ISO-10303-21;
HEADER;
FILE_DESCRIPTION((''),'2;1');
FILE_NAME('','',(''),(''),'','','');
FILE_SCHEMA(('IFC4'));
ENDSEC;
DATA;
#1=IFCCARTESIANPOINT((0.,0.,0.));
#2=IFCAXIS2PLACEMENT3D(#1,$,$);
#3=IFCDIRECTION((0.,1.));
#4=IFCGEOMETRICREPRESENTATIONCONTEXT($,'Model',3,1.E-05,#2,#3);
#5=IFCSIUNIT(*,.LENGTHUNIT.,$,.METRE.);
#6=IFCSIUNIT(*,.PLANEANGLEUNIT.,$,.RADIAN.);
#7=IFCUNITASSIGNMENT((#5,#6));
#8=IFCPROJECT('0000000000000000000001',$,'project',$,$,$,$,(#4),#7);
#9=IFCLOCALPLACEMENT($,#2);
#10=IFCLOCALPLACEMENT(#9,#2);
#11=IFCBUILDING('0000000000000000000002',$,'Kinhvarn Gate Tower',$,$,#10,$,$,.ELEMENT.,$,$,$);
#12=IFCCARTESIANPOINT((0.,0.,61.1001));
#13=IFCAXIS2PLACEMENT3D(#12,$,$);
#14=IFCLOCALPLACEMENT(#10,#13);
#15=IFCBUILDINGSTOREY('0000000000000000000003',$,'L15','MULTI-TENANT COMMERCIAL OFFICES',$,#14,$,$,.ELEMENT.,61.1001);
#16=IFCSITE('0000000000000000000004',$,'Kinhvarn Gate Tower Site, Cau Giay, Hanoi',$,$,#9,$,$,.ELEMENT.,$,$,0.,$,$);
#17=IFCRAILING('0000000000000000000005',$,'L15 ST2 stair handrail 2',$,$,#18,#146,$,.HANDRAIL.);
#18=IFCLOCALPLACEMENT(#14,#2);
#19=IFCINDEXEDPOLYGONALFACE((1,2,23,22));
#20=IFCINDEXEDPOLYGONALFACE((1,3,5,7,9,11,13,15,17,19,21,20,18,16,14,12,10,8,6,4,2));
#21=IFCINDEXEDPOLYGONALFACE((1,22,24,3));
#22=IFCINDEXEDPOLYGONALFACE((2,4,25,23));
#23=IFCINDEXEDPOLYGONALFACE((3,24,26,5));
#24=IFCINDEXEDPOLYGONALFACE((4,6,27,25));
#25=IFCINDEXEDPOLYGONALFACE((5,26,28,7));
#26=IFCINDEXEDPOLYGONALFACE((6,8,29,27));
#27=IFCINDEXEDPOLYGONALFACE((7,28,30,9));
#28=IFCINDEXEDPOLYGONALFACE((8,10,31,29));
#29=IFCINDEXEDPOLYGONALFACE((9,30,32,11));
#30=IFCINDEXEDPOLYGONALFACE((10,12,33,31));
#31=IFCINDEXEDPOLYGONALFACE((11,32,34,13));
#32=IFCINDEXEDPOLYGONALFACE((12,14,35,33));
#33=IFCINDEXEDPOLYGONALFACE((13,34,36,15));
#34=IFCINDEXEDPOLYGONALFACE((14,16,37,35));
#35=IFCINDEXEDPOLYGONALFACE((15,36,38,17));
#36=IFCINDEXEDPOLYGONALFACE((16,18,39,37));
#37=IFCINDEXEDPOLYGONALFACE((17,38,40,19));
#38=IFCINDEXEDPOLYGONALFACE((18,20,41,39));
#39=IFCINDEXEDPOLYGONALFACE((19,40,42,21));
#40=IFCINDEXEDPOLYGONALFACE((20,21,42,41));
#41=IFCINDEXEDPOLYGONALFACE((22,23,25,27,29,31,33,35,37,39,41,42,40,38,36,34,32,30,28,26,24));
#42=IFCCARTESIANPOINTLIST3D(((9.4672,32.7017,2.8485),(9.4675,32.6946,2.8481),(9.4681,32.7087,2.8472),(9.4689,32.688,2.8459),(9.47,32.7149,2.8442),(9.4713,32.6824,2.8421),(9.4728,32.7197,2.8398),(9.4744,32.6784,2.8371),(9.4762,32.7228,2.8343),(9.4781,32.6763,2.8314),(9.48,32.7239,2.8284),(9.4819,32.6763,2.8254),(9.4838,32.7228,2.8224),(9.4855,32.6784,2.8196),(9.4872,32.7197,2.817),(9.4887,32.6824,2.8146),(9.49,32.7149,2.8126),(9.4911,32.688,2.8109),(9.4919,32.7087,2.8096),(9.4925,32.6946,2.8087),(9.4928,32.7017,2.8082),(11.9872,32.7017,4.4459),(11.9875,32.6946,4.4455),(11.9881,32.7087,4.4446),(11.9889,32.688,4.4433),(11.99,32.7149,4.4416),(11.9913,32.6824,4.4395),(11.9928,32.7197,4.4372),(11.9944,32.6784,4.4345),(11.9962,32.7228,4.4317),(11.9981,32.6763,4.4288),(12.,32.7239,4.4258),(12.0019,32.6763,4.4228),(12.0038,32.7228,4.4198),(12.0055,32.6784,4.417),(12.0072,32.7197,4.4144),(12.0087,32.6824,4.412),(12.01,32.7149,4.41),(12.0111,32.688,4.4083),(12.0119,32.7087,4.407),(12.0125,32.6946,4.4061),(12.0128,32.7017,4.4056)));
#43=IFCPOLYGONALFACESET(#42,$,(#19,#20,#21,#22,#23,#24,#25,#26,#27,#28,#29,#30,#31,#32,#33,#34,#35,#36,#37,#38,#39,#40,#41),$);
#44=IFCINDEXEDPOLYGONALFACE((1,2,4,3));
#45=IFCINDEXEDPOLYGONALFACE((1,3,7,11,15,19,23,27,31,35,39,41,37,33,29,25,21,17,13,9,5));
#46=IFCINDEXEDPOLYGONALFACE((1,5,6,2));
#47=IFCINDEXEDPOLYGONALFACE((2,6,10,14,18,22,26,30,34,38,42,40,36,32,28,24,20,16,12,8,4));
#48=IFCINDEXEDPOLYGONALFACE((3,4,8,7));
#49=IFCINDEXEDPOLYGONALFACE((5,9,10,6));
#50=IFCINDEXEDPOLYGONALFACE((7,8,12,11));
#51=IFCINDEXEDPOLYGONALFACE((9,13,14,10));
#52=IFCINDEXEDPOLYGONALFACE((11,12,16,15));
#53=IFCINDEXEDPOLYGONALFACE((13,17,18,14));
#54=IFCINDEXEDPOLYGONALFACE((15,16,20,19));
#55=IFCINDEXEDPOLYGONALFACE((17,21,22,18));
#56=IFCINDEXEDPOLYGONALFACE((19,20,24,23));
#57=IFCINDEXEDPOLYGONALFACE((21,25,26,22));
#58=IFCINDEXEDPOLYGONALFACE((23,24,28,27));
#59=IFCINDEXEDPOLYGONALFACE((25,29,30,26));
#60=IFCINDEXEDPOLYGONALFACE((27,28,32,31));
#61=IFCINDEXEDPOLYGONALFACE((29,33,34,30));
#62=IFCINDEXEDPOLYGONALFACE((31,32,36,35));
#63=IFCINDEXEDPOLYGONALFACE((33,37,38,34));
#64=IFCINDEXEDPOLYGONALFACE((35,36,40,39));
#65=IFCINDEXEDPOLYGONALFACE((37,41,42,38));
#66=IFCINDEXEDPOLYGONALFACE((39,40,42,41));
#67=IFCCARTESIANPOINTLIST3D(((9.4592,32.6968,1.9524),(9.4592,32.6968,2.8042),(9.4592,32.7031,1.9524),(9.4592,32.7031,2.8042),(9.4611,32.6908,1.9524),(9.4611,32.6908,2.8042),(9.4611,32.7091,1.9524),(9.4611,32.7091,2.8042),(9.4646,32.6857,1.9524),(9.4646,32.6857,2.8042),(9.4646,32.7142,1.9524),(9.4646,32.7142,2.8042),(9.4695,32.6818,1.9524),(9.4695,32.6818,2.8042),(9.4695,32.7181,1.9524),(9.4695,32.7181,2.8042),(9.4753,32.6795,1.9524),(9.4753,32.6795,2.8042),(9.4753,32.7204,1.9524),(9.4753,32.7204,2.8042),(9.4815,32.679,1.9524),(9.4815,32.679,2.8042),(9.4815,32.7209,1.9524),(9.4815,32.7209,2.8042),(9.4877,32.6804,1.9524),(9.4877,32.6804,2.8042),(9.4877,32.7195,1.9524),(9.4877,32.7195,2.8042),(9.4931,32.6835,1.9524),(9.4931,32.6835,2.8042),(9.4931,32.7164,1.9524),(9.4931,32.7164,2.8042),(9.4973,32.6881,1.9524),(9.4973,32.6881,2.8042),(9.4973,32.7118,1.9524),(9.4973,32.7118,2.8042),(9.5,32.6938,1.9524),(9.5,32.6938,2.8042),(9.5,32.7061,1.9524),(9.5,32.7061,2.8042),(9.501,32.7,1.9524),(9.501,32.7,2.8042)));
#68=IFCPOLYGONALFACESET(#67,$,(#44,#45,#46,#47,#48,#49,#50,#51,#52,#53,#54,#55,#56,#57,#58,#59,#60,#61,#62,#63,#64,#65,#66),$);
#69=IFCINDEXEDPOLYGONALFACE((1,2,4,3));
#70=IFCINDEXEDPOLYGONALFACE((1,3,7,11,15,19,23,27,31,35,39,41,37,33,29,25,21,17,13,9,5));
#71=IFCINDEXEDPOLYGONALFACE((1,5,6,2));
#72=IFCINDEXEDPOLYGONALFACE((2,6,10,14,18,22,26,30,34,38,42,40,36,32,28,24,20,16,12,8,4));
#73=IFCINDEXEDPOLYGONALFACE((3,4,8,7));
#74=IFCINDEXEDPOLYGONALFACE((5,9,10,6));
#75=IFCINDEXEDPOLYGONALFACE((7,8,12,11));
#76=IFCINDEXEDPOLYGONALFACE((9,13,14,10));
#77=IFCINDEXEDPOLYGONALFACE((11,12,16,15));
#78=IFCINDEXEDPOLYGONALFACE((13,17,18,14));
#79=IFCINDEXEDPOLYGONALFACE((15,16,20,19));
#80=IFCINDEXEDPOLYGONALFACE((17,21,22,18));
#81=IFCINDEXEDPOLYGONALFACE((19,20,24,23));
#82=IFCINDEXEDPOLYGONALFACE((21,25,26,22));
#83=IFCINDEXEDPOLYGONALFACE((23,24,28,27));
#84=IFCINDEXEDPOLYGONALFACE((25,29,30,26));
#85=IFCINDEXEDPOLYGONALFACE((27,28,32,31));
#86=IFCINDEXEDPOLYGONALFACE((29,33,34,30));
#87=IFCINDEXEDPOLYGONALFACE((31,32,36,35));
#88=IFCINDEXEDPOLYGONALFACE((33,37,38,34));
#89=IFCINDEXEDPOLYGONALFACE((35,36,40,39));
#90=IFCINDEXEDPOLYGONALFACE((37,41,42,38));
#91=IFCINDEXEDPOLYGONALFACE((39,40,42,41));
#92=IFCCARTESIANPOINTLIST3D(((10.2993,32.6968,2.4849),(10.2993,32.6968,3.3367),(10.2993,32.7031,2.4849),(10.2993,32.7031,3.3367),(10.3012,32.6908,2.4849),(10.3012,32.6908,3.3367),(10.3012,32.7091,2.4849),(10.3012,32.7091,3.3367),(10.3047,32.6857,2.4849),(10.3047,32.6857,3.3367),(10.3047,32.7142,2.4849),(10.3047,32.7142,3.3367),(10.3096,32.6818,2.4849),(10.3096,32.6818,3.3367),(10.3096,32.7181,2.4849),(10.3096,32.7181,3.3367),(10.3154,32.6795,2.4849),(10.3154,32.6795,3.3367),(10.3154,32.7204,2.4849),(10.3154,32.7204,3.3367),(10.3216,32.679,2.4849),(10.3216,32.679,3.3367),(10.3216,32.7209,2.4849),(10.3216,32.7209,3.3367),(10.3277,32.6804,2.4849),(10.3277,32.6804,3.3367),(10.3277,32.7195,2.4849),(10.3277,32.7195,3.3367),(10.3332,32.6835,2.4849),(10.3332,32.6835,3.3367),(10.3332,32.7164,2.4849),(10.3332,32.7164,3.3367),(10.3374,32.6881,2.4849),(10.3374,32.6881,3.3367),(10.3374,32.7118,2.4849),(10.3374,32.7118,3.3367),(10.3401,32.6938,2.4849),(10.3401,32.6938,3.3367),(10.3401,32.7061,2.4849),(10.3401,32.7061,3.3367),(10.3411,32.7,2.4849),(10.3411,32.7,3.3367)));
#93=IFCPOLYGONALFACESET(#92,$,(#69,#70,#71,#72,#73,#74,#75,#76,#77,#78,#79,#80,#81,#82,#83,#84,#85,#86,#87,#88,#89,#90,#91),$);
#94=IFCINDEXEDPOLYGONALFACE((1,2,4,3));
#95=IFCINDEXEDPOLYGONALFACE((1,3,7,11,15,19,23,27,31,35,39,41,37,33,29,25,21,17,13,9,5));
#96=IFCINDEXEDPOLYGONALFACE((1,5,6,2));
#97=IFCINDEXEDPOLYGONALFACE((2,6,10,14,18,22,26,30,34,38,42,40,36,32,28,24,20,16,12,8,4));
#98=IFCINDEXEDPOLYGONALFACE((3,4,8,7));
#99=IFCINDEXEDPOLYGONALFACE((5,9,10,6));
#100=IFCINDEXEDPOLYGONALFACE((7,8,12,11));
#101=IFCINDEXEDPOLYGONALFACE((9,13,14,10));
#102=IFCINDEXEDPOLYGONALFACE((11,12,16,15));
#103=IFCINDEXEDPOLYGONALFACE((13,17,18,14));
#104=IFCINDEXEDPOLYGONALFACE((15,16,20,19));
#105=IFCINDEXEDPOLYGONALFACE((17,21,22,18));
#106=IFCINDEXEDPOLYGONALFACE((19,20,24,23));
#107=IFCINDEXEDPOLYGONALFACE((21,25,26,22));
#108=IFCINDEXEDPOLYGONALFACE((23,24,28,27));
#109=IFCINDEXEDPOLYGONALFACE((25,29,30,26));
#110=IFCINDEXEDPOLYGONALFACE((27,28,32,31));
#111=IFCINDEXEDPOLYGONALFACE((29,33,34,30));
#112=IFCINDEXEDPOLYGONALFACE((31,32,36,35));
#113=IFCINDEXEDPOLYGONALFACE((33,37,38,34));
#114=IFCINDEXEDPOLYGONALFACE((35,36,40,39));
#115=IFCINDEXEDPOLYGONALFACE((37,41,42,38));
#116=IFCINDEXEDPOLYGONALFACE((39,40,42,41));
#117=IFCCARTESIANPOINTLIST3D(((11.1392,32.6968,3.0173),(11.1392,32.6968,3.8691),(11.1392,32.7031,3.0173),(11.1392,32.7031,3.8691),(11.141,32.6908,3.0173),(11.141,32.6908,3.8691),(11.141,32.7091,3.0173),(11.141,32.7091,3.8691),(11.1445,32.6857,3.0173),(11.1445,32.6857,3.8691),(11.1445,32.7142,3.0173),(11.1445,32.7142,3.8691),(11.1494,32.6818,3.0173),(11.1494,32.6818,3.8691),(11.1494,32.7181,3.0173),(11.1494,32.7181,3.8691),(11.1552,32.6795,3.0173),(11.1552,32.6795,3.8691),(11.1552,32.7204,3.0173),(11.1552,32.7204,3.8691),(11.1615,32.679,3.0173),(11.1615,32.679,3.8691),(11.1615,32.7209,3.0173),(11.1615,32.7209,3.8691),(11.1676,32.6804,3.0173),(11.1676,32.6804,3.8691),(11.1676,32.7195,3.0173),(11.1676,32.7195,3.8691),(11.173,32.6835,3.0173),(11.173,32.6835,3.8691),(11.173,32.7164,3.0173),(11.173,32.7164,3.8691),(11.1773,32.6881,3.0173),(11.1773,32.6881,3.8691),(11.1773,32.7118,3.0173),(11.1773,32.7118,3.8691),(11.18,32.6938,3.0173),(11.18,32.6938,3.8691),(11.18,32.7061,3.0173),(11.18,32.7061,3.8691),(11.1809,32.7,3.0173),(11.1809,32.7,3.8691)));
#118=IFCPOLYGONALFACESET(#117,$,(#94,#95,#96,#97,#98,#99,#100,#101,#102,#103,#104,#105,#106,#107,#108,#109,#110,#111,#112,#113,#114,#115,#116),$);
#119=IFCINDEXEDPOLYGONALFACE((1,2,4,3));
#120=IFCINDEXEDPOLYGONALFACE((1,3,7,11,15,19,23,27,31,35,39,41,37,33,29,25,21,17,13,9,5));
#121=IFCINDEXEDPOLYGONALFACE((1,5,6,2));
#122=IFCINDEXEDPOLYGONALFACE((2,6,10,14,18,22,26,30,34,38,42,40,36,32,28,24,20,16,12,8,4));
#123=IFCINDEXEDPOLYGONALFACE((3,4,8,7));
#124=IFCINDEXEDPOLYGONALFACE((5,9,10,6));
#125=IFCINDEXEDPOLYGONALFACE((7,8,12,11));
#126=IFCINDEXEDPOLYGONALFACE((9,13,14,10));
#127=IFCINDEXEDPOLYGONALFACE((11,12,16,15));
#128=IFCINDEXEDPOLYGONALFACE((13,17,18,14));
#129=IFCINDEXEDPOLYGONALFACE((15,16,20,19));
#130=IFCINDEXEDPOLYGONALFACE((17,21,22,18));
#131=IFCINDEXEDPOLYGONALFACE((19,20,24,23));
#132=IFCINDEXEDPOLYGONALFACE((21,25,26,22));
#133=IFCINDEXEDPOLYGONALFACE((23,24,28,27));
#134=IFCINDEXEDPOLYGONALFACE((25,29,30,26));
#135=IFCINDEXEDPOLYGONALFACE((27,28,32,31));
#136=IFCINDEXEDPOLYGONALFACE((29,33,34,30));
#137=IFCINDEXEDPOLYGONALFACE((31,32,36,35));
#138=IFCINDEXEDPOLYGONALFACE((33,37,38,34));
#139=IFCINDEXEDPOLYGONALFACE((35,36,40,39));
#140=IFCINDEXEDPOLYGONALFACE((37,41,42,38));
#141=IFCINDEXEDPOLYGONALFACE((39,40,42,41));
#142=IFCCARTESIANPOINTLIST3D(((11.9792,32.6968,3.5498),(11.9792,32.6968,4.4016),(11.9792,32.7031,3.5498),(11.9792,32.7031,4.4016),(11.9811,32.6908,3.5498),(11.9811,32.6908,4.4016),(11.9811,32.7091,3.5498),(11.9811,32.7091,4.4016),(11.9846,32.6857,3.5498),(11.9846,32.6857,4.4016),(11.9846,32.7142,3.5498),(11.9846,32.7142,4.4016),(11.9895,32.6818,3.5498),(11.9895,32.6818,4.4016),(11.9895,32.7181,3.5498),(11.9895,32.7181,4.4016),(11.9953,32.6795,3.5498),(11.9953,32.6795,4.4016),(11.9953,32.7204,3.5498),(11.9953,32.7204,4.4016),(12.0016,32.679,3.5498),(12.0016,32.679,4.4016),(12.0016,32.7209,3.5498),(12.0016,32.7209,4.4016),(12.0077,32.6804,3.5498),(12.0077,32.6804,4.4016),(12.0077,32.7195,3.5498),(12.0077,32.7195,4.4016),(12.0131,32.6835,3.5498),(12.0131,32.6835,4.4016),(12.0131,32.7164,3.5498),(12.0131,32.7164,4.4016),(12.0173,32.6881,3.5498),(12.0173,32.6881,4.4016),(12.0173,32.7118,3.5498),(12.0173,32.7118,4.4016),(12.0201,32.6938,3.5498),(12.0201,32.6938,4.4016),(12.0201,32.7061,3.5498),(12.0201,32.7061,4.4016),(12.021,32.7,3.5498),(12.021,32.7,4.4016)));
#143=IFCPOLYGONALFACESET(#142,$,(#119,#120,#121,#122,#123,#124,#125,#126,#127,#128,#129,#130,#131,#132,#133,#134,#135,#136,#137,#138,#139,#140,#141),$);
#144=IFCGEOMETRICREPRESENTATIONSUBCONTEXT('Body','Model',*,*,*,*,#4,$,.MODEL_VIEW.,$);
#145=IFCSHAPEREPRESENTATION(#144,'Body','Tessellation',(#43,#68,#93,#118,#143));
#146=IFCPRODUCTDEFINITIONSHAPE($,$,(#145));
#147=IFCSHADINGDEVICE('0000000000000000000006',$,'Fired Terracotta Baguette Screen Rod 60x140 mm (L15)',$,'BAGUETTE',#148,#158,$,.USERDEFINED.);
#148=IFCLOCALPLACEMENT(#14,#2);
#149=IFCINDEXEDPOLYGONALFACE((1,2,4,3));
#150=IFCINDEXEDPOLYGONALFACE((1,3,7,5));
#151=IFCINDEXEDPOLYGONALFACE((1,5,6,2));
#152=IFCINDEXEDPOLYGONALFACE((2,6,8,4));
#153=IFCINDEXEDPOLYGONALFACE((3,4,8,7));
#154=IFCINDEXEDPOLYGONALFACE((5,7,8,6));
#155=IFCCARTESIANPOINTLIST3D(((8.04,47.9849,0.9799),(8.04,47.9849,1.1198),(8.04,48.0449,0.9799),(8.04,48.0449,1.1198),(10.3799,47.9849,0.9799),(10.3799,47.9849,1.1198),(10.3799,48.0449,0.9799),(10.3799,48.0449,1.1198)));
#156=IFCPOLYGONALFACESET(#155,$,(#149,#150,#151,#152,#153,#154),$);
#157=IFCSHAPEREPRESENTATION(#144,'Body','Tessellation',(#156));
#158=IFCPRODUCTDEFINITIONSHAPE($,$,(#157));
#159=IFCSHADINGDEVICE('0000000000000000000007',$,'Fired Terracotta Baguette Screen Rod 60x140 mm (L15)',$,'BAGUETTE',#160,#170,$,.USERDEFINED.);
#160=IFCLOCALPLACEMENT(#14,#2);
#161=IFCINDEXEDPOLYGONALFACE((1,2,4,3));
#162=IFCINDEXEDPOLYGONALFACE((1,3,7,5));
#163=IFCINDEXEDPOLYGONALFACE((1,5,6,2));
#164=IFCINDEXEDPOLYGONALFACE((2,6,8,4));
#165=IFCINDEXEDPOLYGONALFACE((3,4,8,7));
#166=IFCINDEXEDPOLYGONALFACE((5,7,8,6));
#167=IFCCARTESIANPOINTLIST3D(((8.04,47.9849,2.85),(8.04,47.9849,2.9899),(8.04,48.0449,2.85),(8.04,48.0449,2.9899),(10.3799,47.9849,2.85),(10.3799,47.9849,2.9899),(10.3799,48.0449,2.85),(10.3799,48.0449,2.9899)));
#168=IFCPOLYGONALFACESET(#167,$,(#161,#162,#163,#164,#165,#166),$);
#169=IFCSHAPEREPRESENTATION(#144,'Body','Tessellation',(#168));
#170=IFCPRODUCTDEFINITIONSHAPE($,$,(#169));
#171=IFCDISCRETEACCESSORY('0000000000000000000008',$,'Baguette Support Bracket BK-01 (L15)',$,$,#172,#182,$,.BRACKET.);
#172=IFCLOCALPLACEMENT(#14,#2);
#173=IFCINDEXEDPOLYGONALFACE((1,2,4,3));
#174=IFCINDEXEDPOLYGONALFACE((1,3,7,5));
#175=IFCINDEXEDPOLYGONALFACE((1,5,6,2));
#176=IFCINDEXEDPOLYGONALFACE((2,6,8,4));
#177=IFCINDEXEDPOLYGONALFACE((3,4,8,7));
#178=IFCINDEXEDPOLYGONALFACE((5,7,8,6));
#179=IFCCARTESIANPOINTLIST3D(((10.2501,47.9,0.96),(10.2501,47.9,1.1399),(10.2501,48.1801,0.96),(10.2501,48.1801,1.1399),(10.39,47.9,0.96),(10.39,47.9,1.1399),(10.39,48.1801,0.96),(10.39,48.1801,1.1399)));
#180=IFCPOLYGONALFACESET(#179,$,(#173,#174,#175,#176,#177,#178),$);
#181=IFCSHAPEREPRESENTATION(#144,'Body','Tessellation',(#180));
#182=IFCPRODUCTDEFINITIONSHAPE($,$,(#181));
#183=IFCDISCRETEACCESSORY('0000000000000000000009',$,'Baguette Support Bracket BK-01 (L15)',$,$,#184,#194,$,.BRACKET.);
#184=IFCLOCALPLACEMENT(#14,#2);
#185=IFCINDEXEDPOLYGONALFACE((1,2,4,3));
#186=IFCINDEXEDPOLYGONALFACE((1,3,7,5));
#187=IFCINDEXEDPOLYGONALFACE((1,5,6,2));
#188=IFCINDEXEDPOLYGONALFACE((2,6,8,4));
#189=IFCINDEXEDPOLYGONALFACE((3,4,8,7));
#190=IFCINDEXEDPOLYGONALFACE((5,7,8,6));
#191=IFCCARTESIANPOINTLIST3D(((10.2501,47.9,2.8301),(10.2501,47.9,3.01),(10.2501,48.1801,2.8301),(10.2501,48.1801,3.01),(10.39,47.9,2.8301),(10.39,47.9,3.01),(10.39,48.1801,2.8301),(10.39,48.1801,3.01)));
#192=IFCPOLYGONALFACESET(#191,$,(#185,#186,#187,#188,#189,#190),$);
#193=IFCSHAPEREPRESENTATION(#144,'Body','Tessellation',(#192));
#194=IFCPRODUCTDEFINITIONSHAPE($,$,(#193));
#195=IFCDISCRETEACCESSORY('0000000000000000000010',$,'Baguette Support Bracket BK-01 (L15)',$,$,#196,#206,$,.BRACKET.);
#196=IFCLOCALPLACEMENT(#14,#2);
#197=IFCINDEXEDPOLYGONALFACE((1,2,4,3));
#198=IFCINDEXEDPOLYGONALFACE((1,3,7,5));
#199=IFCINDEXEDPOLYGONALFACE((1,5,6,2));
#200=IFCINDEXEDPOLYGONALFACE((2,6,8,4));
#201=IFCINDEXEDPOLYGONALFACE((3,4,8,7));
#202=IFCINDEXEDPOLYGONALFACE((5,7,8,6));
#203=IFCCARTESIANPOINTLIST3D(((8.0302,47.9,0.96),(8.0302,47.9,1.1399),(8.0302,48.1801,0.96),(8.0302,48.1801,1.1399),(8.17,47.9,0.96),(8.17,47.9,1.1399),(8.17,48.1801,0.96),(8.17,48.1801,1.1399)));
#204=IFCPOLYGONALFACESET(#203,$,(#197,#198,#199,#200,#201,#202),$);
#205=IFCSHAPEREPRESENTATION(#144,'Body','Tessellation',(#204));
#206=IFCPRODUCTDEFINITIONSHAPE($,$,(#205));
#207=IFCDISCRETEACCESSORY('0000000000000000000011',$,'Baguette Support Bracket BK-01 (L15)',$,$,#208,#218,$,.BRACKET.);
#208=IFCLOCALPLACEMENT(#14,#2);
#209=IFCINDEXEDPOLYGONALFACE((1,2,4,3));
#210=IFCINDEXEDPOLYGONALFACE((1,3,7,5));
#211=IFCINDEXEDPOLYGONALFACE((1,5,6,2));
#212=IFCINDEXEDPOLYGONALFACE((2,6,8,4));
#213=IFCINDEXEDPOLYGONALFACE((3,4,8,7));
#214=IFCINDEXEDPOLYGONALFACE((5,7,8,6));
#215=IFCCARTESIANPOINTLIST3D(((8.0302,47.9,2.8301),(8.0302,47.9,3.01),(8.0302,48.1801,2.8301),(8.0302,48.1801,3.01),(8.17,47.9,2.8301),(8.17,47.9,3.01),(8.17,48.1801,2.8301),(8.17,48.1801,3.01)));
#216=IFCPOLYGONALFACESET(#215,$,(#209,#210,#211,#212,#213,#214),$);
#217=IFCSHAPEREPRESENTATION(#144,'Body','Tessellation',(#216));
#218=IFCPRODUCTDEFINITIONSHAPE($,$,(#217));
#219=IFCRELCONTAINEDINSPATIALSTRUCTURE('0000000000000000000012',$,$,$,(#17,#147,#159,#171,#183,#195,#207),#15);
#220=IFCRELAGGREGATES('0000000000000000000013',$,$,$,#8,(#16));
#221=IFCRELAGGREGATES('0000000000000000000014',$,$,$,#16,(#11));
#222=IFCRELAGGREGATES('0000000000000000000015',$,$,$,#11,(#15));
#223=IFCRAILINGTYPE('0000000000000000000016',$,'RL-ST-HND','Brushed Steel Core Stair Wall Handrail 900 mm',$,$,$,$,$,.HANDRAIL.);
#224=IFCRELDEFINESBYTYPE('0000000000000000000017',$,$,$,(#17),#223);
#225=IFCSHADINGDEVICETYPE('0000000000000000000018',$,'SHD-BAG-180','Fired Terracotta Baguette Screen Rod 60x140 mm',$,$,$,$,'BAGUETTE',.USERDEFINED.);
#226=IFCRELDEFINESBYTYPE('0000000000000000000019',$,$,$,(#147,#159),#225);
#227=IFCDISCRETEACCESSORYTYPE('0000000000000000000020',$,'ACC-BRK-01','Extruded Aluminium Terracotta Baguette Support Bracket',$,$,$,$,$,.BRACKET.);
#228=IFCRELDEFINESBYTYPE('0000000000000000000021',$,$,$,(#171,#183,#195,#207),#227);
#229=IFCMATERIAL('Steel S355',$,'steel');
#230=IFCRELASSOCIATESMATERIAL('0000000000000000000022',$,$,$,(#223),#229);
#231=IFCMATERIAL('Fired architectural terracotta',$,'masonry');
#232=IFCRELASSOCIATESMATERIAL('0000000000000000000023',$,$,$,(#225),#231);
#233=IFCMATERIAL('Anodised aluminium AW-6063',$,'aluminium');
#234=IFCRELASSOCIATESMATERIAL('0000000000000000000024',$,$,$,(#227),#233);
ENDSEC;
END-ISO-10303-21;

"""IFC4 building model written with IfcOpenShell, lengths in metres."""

from ifc_helpers import new_model, si_unit, direction, frame, origin, origin_2d, place, context, subcontext, project, spatial, rectangle, circle, extrude, material, material_profile, profile_set, type_object, element, save


model = new_model("IFC4")

# Units and contexts
model_context = context("Model", 3, precision=1e-05, world=origin(), true_north=direction((0.0, 1.0)))
body_context = subcontext(model_context, "Body", "Model", "MODEL_VIEW")
ifc_project = project(units=[si_unit("LENGTHUNIT", "METRE"), si_unit("PLANEANGLEUNIT", "RADIAN")], contexts=[model_context])

# Site, building, storey
site_placement = place(None, origin())
site = spatial("IfcSite", under=ifc_project, at=site_placement, Name="Kinhvarn Gate Tower Site, Cau Giay, Hanoi", CompositionType="ELEMENT", RefElevation=0.0)
building_placement = place(site_placement, origin())
building = spatial("IfcBuilding", under=site, at=building_placement, Name="Kinhvarn Gate Tower", CompositionType="ELEMENT")
storey_placement = place(building_placement, frame((0.0, 0.0, 61.1001)))
storey = spatial("IfcBuildingStorey", under=building, at=storey_placement, Name="L15", Description="MULTI-TENANT COMMERCIAL OFFICES", CompositionType="ELEMENT", Elevation=61.1001)

# Shared definitions
ifc_material_1 = material(Name="Anodised aluminium AW-6063", Category="aluminium")

# Shared definitions
ifc_material_2 = material(Name="Steel S355", Category="steel")

# Shared definitions
ifc_material_3 = material(Name="Fired architectural terracotta", Category="masonry")

# Railing
railing_type_1 = type_object("IfcRailingType", Name="RL-ST-HND", Description="Brushed Steel Core Stair Wall Handrail 900 mm", PredefinedType="HANDRAIL", material=ifc_material_2)
railing_1_placement = place(storey_placement, frame((9.48, 32.7, 1.9524)))
element("IfcRailing", 1, at=railing_1_placement, inside=storey, type_object=railing_type_1, Name="L15 ST2 stair handrail 2", PredefinedType="HANDRAIL", context=body_context, shape_type="SweptSolid", body=[
    extrude(circle(Radius=0.0239, at=origin_2d()), frame((0.0, 0.0, 0.876), z_axis=(0.844607, 0.0, 0.535387), x_axis=(0.0, 1.0, 0.0)), (0.0, 0.0, 1.0), 2.9836),
    extrude(circle(Radius=0.021, at=origin_2d()), origin(), (0.0, 0.0, 1.0), 0.8518),
    extrude(circle(Radius=0.021, at=origin_2d()), frame((0.8401, 0.0, 0.5325)), (0.0, 0.0, 1.0), 0.8518),
    extrude(circle(Radius=0.021, at=origin_2d()), frame((1.6799, 0.0, 1.0649)), (0.0, 0.0, 1.0), 0.8518),
    extrude(circle(Radius=0.021, at=origin_2d()), frame((2.52, 0.0, 1.5974)), (0.0, 0.0, 1.0), 0.8518),
])

# Shading devices
ifc_material_profile_1 = material_profile(ifc_material_3, rectangle(XDim=0.0601, YDim=0.1399, at=origin_2d()), Name="TC 60x140")
ifc_profile_set_1 = profile_set([ifc_material_profile_1], Name="Fired architectural terracotta")
shading_device_type = type_object("IfcShadingDeviceType", Name="SHD-BAG-180", Description="Fired Terracotta Baguette Screen Rod 60x140 mm", ElementType="BAGUETTE", PredefinedType="USERDEFINED", material=ifc_profile_set_1)
for number, where, z_axis, x_axis, name in (
    (2, (10.3799, 48.0149, 1.0498), (-1.0, 0.0, 0.0), (0.0, -1.0, 0.0), "Fired Terracotta Baguette Screen Rod 60x140 mm (L15)"),
    (3, (10.3799, 48.0149, 2.9199), (-1.0, 0.0, 0.0), (0.0, -1.0, 0.0), "Fired Terracotta Baguette Screen Rod 60x140 mm (L15)"),
):
    element("IfcShadingDevice", number, at=place(storey_placement, frame(where, z_axis=z_axis, x_axis=x_axis)), inside=storey, type_object=shading_device_type, Name=name, ObjectType="BAGUETTE", PredefinedType="USERDEFINED", context=body_context, shape_type="SweptSolid", body=[
        extrude(rectangle(XDim=0.0601, YDim=0.1399, at=origin_2d()), origin(), (0.0, 0.0, 1.0), 2.3398),
    ])

# Discrete accessories
discrete_accessory_type = type_object("IfcDiscreteAccessoryType", Name="ACC-BRK-01", Description="Extruded Aluminium Terracotta Baguette Support Bracket", PredefinedType="BRACKET", material=ifc_material_1)
for number, where, z_axis, x_axis, name in (
    (4, (10.3201, 48.04, 0.96), (0.0, 0.0, 1.0), (-1.0, 0.0, 0.0), "Baguette Support Bracket BK-01 (L15)"),
    (5, (10.3201, 48.04, 2.8301), (0.0, 0.0, 1.0), (-1.0, 0.0, 0.0), "Baguette Support Bracket BK-01 (L15)"),
    (6, (8.1001, 48.04, 0.96), (0.0, 0.0, 1.0), (-1.0, 0.0, 0.0), "Baguette Support Bracket BK-01 (L15)"),
    (7, (8.1001, 48.04, 2.8301), (0.0, 0.0, 1.0), (-1.0, 0.0, 0.0), "Baguette Support Bracket BK-01 (L15)"),
):
    element("IfcDiscreteAccessory", number, at=place(storey_placement, frame(where, z_axis=z_axis, x_axis=x_axis)), inside=storey, type_object=discrete_accessory_type, Name=name, PredefinedType="BRACKET", context=body_context, shape_type="SweptSolid", body=[
        extrude(rectangle(XDim=0.1399, YDim=0.28, at=origin_2d()), origin(), (0.0, 0.0, 1.0), 0.1799),
    ])

save(model, "model.ifc")
